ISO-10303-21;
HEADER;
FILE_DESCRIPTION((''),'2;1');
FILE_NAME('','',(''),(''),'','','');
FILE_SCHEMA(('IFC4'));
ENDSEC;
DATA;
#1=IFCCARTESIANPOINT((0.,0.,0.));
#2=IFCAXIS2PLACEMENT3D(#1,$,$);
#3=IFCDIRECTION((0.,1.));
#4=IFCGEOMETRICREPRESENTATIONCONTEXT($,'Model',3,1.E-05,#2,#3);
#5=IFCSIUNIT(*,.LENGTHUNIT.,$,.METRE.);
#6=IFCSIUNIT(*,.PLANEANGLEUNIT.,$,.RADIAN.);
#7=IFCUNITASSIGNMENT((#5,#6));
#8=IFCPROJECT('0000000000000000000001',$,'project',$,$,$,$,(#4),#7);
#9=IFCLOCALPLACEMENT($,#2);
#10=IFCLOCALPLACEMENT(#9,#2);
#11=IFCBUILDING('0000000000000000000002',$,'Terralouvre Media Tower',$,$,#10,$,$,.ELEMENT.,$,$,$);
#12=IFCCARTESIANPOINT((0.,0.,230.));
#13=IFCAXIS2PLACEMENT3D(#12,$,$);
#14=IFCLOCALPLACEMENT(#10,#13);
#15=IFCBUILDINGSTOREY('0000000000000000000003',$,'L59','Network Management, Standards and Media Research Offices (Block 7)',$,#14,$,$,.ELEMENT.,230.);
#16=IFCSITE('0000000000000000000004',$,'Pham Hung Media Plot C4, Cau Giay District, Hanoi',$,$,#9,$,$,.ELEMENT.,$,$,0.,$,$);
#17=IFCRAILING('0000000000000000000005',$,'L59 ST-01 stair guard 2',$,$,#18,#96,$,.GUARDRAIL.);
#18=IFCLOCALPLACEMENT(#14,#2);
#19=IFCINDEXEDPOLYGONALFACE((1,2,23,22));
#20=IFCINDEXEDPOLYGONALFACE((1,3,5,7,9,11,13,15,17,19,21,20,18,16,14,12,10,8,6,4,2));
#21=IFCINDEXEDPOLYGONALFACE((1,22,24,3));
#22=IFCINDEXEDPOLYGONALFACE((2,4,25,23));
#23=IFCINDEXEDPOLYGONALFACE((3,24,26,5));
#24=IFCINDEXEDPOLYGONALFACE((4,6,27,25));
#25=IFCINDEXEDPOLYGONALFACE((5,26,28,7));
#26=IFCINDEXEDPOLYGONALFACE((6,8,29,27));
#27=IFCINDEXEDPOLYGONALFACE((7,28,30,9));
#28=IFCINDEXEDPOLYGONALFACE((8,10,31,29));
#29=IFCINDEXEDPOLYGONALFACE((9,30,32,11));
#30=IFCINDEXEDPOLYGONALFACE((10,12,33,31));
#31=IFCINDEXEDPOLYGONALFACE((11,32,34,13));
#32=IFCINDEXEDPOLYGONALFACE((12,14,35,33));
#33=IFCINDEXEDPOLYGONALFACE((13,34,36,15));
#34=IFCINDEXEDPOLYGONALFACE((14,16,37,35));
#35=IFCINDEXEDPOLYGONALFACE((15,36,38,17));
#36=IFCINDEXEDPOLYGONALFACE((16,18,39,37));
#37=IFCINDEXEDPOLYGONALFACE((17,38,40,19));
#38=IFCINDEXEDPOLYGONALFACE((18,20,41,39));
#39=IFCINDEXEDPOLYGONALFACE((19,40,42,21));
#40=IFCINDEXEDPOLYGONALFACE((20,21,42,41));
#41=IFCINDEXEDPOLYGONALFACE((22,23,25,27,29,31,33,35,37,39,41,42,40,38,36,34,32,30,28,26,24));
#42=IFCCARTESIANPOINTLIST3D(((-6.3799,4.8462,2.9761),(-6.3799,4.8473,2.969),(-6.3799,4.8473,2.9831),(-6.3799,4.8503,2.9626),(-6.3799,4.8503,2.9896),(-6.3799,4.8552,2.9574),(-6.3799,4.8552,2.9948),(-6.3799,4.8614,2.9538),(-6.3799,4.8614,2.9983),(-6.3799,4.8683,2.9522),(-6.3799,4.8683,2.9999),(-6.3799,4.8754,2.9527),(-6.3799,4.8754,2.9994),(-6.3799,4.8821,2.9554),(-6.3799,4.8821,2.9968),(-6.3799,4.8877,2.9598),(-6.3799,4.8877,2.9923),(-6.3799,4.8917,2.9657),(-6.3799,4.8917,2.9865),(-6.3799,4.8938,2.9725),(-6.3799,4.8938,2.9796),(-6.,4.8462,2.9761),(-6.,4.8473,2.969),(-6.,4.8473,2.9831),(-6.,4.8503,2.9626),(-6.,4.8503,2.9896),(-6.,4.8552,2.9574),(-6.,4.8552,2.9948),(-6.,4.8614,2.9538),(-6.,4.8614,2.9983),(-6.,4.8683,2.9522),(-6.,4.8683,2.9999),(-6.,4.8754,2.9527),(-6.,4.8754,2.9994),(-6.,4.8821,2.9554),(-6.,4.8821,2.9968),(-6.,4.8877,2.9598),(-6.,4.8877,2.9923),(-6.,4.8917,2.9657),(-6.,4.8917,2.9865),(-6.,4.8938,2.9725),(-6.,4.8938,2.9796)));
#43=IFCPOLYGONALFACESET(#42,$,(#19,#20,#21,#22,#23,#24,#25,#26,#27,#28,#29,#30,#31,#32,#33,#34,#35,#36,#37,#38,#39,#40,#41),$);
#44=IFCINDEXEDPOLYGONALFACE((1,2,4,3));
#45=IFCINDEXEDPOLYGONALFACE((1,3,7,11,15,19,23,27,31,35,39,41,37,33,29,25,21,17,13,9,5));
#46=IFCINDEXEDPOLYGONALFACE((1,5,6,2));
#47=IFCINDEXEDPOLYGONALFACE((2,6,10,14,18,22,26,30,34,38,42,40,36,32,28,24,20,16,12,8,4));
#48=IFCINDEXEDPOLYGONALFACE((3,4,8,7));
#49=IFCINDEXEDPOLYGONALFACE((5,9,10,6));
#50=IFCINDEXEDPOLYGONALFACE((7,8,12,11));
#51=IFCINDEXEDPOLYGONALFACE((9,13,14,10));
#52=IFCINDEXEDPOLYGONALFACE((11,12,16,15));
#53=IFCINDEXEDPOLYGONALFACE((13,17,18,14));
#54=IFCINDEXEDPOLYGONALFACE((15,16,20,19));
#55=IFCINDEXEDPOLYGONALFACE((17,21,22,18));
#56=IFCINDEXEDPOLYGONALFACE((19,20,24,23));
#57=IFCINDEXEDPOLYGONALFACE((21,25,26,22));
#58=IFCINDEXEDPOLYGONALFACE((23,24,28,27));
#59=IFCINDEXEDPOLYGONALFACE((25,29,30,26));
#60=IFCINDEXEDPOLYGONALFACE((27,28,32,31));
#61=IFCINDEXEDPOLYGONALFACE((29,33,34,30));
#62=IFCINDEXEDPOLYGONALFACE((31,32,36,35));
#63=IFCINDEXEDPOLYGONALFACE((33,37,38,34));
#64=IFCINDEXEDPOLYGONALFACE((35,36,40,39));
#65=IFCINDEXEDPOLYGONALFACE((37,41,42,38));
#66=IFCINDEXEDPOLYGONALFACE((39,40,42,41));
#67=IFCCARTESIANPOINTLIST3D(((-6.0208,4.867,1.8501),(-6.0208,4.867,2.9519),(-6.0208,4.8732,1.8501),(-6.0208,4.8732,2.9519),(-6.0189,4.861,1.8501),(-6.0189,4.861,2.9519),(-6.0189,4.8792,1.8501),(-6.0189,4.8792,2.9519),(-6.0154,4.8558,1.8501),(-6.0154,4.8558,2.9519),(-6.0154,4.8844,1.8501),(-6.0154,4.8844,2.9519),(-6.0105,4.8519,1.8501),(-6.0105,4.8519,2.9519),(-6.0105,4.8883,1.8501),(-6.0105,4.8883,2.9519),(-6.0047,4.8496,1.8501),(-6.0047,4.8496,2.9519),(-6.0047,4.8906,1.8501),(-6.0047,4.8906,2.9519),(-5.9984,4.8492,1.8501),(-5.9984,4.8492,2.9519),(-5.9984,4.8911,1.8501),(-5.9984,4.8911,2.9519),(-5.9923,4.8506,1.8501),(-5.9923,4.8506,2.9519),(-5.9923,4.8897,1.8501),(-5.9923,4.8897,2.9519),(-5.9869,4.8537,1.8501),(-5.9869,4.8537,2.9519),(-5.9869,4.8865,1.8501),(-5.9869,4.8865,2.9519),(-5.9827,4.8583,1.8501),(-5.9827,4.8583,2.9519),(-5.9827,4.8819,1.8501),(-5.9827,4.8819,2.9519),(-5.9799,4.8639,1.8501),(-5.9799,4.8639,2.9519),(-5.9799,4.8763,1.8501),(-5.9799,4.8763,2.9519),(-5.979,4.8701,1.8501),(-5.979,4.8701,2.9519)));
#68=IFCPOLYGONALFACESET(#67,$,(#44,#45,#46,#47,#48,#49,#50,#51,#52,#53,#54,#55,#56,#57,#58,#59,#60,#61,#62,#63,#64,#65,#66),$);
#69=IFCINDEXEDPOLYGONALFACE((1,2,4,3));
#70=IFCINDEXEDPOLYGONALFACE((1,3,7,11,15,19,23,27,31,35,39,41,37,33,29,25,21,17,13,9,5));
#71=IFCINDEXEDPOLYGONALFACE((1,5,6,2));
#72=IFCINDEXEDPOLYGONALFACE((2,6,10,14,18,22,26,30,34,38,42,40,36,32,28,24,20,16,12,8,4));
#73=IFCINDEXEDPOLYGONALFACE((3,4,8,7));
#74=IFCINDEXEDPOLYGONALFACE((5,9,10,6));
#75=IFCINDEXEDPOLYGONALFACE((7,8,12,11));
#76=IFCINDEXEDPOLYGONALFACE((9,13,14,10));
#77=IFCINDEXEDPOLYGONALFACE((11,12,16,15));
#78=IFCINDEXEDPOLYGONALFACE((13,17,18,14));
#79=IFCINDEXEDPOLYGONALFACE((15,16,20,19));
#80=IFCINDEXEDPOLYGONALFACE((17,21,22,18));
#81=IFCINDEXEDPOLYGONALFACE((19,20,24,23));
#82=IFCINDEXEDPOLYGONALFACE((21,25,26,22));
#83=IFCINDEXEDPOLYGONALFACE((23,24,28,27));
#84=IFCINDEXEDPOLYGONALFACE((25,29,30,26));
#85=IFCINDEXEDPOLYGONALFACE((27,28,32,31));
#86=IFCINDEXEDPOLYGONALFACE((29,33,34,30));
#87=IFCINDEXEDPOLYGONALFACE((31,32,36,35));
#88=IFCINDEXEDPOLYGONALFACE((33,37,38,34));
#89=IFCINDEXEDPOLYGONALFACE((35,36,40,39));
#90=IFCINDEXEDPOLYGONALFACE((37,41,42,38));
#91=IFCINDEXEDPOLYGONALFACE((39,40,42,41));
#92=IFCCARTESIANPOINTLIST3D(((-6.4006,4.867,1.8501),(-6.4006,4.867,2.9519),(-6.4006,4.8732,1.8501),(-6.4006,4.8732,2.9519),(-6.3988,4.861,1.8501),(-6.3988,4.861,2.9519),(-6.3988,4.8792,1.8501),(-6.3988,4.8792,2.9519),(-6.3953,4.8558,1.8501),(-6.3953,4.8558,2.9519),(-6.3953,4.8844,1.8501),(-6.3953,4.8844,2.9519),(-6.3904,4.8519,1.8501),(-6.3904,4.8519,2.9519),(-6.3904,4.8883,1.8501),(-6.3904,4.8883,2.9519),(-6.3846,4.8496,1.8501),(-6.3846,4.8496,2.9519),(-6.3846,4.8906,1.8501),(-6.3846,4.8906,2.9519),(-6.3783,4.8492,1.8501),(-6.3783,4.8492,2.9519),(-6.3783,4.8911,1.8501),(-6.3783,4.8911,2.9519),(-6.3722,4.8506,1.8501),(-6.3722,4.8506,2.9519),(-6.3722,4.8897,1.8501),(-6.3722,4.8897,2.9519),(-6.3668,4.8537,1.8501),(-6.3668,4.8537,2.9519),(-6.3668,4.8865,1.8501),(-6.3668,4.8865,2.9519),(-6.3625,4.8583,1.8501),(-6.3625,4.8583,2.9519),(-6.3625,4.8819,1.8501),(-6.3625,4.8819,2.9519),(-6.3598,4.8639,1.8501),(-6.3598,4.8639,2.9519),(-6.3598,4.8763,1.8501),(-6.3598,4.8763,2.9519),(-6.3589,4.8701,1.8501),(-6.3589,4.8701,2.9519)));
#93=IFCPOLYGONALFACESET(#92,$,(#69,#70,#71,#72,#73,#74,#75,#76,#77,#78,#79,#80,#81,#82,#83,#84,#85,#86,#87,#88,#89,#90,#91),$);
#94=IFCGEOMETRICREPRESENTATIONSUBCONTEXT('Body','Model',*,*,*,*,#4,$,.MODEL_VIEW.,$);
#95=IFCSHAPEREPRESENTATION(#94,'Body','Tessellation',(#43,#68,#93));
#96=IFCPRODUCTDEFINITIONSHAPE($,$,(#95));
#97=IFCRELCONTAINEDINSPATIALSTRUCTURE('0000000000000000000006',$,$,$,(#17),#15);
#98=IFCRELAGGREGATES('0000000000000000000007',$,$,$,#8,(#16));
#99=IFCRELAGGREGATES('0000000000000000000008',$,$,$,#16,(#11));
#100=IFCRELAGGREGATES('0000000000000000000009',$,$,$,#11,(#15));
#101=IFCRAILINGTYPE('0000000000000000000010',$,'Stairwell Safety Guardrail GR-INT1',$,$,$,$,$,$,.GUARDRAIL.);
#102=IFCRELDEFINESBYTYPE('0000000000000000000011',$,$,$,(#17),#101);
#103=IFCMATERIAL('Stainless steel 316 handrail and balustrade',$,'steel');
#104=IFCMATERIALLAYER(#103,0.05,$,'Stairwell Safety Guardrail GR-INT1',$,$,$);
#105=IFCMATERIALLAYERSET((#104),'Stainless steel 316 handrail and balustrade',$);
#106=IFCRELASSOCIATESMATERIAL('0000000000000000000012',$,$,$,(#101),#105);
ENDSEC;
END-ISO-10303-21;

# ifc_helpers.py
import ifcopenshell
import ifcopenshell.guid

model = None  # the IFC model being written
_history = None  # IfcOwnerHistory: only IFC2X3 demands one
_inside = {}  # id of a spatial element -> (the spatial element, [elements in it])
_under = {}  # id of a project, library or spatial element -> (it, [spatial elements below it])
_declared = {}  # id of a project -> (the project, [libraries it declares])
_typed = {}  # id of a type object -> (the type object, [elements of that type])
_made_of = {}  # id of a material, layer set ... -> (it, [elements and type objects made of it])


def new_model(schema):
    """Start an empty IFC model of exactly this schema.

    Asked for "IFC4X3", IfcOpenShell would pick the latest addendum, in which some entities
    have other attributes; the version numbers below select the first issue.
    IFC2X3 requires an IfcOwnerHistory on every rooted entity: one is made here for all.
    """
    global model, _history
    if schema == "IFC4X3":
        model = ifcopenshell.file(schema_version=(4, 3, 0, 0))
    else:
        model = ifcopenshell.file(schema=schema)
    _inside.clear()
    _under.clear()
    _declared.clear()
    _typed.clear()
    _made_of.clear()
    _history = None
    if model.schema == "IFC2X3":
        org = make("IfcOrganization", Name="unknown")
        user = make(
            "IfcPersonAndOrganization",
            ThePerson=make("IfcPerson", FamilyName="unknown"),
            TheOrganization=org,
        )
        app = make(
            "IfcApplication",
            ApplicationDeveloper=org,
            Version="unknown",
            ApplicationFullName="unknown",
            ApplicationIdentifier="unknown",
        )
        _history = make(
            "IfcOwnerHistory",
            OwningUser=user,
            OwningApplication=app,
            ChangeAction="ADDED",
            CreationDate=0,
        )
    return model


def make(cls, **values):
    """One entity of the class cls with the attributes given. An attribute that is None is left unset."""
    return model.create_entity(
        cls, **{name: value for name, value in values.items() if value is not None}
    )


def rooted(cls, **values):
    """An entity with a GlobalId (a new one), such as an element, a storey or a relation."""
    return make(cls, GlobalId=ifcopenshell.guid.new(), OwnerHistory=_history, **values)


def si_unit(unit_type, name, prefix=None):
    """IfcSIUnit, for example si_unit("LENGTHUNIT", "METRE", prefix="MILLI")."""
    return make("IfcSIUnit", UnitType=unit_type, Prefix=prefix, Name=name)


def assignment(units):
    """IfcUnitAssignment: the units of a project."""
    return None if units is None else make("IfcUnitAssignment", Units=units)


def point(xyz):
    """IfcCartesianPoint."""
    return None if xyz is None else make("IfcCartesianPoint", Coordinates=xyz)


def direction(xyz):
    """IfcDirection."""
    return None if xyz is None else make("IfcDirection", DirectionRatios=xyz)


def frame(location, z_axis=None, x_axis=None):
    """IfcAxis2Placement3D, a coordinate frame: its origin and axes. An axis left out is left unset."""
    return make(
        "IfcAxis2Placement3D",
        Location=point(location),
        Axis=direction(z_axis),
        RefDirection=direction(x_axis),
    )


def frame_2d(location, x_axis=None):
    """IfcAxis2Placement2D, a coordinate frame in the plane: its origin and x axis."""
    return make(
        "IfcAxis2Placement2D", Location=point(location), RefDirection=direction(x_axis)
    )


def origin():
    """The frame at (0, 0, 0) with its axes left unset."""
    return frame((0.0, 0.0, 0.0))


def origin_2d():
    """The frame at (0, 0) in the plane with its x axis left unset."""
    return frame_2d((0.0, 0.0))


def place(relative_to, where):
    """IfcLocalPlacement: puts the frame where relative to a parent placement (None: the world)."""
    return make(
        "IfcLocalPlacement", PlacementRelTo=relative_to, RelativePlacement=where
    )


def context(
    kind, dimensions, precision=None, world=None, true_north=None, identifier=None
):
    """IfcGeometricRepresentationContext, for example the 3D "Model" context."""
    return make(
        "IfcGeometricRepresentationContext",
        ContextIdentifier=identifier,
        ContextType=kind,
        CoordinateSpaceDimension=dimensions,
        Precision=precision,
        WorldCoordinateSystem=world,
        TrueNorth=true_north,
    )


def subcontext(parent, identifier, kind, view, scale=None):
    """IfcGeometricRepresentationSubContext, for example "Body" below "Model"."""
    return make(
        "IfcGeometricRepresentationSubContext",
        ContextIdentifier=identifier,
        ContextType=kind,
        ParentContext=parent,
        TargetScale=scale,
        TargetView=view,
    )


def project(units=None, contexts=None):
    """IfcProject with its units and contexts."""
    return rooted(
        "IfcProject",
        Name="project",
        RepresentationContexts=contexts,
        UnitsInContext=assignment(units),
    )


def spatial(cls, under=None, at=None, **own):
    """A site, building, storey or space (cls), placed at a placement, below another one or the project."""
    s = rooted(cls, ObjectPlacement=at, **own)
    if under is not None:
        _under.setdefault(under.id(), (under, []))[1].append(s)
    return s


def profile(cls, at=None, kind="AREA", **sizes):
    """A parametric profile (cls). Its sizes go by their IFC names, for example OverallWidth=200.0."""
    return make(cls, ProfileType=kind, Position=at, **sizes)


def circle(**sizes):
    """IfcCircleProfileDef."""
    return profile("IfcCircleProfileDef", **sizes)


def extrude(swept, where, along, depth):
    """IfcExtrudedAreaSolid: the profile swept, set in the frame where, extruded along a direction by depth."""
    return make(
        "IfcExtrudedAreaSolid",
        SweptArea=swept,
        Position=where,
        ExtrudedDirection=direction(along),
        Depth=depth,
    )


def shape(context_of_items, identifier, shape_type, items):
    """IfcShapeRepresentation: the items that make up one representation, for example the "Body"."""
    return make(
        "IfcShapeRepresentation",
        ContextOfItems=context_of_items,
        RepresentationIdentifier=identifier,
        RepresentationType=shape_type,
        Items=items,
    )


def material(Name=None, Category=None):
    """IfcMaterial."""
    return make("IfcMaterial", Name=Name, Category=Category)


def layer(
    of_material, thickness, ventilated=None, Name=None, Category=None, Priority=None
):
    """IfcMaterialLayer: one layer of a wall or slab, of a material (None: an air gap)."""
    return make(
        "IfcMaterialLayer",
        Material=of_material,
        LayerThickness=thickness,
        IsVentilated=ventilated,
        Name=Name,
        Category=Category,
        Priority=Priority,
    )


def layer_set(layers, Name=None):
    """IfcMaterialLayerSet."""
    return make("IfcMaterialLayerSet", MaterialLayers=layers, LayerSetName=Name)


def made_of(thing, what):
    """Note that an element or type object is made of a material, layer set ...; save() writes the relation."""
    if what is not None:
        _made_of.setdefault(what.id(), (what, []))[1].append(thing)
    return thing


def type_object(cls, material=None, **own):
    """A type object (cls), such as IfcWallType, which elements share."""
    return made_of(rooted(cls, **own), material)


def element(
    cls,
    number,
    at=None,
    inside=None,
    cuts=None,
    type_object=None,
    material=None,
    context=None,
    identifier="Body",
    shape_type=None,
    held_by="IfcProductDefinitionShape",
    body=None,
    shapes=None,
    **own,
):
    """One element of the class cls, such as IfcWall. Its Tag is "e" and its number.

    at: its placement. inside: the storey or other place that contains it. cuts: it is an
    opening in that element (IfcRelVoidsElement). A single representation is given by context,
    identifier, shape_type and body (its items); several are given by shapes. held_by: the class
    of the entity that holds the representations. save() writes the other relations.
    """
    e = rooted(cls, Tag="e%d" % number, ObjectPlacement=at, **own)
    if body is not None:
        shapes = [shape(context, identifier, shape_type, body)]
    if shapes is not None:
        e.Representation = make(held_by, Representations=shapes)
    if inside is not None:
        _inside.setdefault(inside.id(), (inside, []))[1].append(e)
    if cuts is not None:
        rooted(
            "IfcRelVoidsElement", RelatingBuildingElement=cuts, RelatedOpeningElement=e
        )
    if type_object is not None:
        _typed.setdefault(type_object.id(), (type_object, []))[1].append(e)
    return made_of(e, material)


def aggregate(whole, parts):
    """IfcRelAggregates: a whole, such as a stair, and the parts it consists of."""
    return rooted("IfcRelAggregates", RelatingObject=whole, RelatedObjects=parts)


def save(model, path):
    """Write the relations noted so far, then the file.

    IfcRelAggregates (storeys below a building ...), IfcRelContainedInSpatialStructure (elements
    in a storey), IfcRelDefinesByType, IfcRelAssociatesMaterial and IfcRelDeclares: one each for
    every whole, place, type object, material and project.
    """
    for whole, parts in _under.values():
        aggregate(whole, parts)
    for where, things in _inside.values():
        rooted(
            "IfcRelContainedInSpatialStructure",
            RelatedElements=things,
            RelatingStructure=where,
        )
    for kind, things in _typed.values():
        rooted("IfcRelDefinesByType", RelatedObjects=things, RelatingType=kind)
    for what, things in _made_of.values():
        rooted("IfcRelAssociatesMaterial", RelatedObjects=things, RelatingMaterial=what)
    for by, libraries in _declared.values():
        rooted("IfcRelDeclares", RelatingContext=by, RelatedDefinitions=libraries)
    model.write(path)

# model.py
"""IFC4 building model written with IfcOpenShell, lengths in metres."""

from ifc_helpers import new_model, si_unit, direction, frame, origin, origin_2d, place, context, subcontext, project, spatial, circle, extrude, material, layer, layer_set, type_object, element, save


model = new_model("IFC4")

# Units and contexts
model_context = context("Model", 3, precision=1e-05, world=origin(), true_north=direction((0.0, 1.0)))
body_context = subcontext(model_context, "Body", "Model", "MODEL_VIEW")
ifc_project = project(units=[si_unit("LENGTHUNIT", "METRE"), si_unit("PLANEANGLEUNIT", "RADIAN")], contexts=[model_context])

# Site, building, storey
site_placement = place(None, origin())
site = spatial("IfcSite", under=ifc_project, at=site_placement, Name="Pham Hung Media Plot C4, Cau Giay District, Hanoi", CompositionType="ELEMENT", RefElevation=0.0)
building_placement = place(site_placement, origin())
building = spatial("IfcBuilding", under=site, at=building_placement, Name="Terralouvre Media Tower", CompositionType="ELEMENT")
storey_placement = place(building_placement, frame((0.0, 0.0, 230.0)))
storey = spatial("IfcBuildingStorey", under=building, at=storey_placement, Name="L59", Description="Network Management, Standards and Media Research Offices (Block 7)", CompositionType="ELEMENT", Elevation=230.0)

# Railing
ifc_material_1 = material(Name="Stainless steel 316 handrail and balustrade", Category="steel")
ifc_layer_1 = layer(ifc_material_1, 0.05, Name="Stairwell Safety Guardrail GR-INT1")
ifc_layer_set_1 = layer_set([ifc_layer_1], Name="Stainless steel 316 handrail and balustrade")
railing_type_1 = type_object("IfcRailingType", Name="Stairwell Safety Guardrail GR-INT1", PredefinedType="GUARDRAIL", material=ifc_layer_set_1)
railing_1_placement = place(storey_placement, frame((-6.0, 4.8701, 1.8501)))
element("IfcRailing", 1, at=railing_1_placement, inside=storey, type_object=railing_type_1, Name="L59 ST-01 stair guard 2", PredefinedType="GUARDRAIL", context=body_context, shape_type="SweptSolid", body=[
    extrude(circle(Radius=0.0239, at=origin_2d()), frame((0.0, 0.0, 1.126), z_axis=(-1.0, 0.0, 0.0), x_axis=(0.0, -1.0, 0.0)), (0.0, 0.0, 1.0), 0.3799),
    extrude(circle(Radius=0.021, at=origin_2d()), origin(), (0.0, 0.0, 1.0), 1.1018),
    extrude(circle(Radius=0.021, at=origin_2d()), frame((-0.3799, 0.0, 0.0)), (0.0, 0.0, 1.0), 1.1018),
])

save(model, "model.ifc")
